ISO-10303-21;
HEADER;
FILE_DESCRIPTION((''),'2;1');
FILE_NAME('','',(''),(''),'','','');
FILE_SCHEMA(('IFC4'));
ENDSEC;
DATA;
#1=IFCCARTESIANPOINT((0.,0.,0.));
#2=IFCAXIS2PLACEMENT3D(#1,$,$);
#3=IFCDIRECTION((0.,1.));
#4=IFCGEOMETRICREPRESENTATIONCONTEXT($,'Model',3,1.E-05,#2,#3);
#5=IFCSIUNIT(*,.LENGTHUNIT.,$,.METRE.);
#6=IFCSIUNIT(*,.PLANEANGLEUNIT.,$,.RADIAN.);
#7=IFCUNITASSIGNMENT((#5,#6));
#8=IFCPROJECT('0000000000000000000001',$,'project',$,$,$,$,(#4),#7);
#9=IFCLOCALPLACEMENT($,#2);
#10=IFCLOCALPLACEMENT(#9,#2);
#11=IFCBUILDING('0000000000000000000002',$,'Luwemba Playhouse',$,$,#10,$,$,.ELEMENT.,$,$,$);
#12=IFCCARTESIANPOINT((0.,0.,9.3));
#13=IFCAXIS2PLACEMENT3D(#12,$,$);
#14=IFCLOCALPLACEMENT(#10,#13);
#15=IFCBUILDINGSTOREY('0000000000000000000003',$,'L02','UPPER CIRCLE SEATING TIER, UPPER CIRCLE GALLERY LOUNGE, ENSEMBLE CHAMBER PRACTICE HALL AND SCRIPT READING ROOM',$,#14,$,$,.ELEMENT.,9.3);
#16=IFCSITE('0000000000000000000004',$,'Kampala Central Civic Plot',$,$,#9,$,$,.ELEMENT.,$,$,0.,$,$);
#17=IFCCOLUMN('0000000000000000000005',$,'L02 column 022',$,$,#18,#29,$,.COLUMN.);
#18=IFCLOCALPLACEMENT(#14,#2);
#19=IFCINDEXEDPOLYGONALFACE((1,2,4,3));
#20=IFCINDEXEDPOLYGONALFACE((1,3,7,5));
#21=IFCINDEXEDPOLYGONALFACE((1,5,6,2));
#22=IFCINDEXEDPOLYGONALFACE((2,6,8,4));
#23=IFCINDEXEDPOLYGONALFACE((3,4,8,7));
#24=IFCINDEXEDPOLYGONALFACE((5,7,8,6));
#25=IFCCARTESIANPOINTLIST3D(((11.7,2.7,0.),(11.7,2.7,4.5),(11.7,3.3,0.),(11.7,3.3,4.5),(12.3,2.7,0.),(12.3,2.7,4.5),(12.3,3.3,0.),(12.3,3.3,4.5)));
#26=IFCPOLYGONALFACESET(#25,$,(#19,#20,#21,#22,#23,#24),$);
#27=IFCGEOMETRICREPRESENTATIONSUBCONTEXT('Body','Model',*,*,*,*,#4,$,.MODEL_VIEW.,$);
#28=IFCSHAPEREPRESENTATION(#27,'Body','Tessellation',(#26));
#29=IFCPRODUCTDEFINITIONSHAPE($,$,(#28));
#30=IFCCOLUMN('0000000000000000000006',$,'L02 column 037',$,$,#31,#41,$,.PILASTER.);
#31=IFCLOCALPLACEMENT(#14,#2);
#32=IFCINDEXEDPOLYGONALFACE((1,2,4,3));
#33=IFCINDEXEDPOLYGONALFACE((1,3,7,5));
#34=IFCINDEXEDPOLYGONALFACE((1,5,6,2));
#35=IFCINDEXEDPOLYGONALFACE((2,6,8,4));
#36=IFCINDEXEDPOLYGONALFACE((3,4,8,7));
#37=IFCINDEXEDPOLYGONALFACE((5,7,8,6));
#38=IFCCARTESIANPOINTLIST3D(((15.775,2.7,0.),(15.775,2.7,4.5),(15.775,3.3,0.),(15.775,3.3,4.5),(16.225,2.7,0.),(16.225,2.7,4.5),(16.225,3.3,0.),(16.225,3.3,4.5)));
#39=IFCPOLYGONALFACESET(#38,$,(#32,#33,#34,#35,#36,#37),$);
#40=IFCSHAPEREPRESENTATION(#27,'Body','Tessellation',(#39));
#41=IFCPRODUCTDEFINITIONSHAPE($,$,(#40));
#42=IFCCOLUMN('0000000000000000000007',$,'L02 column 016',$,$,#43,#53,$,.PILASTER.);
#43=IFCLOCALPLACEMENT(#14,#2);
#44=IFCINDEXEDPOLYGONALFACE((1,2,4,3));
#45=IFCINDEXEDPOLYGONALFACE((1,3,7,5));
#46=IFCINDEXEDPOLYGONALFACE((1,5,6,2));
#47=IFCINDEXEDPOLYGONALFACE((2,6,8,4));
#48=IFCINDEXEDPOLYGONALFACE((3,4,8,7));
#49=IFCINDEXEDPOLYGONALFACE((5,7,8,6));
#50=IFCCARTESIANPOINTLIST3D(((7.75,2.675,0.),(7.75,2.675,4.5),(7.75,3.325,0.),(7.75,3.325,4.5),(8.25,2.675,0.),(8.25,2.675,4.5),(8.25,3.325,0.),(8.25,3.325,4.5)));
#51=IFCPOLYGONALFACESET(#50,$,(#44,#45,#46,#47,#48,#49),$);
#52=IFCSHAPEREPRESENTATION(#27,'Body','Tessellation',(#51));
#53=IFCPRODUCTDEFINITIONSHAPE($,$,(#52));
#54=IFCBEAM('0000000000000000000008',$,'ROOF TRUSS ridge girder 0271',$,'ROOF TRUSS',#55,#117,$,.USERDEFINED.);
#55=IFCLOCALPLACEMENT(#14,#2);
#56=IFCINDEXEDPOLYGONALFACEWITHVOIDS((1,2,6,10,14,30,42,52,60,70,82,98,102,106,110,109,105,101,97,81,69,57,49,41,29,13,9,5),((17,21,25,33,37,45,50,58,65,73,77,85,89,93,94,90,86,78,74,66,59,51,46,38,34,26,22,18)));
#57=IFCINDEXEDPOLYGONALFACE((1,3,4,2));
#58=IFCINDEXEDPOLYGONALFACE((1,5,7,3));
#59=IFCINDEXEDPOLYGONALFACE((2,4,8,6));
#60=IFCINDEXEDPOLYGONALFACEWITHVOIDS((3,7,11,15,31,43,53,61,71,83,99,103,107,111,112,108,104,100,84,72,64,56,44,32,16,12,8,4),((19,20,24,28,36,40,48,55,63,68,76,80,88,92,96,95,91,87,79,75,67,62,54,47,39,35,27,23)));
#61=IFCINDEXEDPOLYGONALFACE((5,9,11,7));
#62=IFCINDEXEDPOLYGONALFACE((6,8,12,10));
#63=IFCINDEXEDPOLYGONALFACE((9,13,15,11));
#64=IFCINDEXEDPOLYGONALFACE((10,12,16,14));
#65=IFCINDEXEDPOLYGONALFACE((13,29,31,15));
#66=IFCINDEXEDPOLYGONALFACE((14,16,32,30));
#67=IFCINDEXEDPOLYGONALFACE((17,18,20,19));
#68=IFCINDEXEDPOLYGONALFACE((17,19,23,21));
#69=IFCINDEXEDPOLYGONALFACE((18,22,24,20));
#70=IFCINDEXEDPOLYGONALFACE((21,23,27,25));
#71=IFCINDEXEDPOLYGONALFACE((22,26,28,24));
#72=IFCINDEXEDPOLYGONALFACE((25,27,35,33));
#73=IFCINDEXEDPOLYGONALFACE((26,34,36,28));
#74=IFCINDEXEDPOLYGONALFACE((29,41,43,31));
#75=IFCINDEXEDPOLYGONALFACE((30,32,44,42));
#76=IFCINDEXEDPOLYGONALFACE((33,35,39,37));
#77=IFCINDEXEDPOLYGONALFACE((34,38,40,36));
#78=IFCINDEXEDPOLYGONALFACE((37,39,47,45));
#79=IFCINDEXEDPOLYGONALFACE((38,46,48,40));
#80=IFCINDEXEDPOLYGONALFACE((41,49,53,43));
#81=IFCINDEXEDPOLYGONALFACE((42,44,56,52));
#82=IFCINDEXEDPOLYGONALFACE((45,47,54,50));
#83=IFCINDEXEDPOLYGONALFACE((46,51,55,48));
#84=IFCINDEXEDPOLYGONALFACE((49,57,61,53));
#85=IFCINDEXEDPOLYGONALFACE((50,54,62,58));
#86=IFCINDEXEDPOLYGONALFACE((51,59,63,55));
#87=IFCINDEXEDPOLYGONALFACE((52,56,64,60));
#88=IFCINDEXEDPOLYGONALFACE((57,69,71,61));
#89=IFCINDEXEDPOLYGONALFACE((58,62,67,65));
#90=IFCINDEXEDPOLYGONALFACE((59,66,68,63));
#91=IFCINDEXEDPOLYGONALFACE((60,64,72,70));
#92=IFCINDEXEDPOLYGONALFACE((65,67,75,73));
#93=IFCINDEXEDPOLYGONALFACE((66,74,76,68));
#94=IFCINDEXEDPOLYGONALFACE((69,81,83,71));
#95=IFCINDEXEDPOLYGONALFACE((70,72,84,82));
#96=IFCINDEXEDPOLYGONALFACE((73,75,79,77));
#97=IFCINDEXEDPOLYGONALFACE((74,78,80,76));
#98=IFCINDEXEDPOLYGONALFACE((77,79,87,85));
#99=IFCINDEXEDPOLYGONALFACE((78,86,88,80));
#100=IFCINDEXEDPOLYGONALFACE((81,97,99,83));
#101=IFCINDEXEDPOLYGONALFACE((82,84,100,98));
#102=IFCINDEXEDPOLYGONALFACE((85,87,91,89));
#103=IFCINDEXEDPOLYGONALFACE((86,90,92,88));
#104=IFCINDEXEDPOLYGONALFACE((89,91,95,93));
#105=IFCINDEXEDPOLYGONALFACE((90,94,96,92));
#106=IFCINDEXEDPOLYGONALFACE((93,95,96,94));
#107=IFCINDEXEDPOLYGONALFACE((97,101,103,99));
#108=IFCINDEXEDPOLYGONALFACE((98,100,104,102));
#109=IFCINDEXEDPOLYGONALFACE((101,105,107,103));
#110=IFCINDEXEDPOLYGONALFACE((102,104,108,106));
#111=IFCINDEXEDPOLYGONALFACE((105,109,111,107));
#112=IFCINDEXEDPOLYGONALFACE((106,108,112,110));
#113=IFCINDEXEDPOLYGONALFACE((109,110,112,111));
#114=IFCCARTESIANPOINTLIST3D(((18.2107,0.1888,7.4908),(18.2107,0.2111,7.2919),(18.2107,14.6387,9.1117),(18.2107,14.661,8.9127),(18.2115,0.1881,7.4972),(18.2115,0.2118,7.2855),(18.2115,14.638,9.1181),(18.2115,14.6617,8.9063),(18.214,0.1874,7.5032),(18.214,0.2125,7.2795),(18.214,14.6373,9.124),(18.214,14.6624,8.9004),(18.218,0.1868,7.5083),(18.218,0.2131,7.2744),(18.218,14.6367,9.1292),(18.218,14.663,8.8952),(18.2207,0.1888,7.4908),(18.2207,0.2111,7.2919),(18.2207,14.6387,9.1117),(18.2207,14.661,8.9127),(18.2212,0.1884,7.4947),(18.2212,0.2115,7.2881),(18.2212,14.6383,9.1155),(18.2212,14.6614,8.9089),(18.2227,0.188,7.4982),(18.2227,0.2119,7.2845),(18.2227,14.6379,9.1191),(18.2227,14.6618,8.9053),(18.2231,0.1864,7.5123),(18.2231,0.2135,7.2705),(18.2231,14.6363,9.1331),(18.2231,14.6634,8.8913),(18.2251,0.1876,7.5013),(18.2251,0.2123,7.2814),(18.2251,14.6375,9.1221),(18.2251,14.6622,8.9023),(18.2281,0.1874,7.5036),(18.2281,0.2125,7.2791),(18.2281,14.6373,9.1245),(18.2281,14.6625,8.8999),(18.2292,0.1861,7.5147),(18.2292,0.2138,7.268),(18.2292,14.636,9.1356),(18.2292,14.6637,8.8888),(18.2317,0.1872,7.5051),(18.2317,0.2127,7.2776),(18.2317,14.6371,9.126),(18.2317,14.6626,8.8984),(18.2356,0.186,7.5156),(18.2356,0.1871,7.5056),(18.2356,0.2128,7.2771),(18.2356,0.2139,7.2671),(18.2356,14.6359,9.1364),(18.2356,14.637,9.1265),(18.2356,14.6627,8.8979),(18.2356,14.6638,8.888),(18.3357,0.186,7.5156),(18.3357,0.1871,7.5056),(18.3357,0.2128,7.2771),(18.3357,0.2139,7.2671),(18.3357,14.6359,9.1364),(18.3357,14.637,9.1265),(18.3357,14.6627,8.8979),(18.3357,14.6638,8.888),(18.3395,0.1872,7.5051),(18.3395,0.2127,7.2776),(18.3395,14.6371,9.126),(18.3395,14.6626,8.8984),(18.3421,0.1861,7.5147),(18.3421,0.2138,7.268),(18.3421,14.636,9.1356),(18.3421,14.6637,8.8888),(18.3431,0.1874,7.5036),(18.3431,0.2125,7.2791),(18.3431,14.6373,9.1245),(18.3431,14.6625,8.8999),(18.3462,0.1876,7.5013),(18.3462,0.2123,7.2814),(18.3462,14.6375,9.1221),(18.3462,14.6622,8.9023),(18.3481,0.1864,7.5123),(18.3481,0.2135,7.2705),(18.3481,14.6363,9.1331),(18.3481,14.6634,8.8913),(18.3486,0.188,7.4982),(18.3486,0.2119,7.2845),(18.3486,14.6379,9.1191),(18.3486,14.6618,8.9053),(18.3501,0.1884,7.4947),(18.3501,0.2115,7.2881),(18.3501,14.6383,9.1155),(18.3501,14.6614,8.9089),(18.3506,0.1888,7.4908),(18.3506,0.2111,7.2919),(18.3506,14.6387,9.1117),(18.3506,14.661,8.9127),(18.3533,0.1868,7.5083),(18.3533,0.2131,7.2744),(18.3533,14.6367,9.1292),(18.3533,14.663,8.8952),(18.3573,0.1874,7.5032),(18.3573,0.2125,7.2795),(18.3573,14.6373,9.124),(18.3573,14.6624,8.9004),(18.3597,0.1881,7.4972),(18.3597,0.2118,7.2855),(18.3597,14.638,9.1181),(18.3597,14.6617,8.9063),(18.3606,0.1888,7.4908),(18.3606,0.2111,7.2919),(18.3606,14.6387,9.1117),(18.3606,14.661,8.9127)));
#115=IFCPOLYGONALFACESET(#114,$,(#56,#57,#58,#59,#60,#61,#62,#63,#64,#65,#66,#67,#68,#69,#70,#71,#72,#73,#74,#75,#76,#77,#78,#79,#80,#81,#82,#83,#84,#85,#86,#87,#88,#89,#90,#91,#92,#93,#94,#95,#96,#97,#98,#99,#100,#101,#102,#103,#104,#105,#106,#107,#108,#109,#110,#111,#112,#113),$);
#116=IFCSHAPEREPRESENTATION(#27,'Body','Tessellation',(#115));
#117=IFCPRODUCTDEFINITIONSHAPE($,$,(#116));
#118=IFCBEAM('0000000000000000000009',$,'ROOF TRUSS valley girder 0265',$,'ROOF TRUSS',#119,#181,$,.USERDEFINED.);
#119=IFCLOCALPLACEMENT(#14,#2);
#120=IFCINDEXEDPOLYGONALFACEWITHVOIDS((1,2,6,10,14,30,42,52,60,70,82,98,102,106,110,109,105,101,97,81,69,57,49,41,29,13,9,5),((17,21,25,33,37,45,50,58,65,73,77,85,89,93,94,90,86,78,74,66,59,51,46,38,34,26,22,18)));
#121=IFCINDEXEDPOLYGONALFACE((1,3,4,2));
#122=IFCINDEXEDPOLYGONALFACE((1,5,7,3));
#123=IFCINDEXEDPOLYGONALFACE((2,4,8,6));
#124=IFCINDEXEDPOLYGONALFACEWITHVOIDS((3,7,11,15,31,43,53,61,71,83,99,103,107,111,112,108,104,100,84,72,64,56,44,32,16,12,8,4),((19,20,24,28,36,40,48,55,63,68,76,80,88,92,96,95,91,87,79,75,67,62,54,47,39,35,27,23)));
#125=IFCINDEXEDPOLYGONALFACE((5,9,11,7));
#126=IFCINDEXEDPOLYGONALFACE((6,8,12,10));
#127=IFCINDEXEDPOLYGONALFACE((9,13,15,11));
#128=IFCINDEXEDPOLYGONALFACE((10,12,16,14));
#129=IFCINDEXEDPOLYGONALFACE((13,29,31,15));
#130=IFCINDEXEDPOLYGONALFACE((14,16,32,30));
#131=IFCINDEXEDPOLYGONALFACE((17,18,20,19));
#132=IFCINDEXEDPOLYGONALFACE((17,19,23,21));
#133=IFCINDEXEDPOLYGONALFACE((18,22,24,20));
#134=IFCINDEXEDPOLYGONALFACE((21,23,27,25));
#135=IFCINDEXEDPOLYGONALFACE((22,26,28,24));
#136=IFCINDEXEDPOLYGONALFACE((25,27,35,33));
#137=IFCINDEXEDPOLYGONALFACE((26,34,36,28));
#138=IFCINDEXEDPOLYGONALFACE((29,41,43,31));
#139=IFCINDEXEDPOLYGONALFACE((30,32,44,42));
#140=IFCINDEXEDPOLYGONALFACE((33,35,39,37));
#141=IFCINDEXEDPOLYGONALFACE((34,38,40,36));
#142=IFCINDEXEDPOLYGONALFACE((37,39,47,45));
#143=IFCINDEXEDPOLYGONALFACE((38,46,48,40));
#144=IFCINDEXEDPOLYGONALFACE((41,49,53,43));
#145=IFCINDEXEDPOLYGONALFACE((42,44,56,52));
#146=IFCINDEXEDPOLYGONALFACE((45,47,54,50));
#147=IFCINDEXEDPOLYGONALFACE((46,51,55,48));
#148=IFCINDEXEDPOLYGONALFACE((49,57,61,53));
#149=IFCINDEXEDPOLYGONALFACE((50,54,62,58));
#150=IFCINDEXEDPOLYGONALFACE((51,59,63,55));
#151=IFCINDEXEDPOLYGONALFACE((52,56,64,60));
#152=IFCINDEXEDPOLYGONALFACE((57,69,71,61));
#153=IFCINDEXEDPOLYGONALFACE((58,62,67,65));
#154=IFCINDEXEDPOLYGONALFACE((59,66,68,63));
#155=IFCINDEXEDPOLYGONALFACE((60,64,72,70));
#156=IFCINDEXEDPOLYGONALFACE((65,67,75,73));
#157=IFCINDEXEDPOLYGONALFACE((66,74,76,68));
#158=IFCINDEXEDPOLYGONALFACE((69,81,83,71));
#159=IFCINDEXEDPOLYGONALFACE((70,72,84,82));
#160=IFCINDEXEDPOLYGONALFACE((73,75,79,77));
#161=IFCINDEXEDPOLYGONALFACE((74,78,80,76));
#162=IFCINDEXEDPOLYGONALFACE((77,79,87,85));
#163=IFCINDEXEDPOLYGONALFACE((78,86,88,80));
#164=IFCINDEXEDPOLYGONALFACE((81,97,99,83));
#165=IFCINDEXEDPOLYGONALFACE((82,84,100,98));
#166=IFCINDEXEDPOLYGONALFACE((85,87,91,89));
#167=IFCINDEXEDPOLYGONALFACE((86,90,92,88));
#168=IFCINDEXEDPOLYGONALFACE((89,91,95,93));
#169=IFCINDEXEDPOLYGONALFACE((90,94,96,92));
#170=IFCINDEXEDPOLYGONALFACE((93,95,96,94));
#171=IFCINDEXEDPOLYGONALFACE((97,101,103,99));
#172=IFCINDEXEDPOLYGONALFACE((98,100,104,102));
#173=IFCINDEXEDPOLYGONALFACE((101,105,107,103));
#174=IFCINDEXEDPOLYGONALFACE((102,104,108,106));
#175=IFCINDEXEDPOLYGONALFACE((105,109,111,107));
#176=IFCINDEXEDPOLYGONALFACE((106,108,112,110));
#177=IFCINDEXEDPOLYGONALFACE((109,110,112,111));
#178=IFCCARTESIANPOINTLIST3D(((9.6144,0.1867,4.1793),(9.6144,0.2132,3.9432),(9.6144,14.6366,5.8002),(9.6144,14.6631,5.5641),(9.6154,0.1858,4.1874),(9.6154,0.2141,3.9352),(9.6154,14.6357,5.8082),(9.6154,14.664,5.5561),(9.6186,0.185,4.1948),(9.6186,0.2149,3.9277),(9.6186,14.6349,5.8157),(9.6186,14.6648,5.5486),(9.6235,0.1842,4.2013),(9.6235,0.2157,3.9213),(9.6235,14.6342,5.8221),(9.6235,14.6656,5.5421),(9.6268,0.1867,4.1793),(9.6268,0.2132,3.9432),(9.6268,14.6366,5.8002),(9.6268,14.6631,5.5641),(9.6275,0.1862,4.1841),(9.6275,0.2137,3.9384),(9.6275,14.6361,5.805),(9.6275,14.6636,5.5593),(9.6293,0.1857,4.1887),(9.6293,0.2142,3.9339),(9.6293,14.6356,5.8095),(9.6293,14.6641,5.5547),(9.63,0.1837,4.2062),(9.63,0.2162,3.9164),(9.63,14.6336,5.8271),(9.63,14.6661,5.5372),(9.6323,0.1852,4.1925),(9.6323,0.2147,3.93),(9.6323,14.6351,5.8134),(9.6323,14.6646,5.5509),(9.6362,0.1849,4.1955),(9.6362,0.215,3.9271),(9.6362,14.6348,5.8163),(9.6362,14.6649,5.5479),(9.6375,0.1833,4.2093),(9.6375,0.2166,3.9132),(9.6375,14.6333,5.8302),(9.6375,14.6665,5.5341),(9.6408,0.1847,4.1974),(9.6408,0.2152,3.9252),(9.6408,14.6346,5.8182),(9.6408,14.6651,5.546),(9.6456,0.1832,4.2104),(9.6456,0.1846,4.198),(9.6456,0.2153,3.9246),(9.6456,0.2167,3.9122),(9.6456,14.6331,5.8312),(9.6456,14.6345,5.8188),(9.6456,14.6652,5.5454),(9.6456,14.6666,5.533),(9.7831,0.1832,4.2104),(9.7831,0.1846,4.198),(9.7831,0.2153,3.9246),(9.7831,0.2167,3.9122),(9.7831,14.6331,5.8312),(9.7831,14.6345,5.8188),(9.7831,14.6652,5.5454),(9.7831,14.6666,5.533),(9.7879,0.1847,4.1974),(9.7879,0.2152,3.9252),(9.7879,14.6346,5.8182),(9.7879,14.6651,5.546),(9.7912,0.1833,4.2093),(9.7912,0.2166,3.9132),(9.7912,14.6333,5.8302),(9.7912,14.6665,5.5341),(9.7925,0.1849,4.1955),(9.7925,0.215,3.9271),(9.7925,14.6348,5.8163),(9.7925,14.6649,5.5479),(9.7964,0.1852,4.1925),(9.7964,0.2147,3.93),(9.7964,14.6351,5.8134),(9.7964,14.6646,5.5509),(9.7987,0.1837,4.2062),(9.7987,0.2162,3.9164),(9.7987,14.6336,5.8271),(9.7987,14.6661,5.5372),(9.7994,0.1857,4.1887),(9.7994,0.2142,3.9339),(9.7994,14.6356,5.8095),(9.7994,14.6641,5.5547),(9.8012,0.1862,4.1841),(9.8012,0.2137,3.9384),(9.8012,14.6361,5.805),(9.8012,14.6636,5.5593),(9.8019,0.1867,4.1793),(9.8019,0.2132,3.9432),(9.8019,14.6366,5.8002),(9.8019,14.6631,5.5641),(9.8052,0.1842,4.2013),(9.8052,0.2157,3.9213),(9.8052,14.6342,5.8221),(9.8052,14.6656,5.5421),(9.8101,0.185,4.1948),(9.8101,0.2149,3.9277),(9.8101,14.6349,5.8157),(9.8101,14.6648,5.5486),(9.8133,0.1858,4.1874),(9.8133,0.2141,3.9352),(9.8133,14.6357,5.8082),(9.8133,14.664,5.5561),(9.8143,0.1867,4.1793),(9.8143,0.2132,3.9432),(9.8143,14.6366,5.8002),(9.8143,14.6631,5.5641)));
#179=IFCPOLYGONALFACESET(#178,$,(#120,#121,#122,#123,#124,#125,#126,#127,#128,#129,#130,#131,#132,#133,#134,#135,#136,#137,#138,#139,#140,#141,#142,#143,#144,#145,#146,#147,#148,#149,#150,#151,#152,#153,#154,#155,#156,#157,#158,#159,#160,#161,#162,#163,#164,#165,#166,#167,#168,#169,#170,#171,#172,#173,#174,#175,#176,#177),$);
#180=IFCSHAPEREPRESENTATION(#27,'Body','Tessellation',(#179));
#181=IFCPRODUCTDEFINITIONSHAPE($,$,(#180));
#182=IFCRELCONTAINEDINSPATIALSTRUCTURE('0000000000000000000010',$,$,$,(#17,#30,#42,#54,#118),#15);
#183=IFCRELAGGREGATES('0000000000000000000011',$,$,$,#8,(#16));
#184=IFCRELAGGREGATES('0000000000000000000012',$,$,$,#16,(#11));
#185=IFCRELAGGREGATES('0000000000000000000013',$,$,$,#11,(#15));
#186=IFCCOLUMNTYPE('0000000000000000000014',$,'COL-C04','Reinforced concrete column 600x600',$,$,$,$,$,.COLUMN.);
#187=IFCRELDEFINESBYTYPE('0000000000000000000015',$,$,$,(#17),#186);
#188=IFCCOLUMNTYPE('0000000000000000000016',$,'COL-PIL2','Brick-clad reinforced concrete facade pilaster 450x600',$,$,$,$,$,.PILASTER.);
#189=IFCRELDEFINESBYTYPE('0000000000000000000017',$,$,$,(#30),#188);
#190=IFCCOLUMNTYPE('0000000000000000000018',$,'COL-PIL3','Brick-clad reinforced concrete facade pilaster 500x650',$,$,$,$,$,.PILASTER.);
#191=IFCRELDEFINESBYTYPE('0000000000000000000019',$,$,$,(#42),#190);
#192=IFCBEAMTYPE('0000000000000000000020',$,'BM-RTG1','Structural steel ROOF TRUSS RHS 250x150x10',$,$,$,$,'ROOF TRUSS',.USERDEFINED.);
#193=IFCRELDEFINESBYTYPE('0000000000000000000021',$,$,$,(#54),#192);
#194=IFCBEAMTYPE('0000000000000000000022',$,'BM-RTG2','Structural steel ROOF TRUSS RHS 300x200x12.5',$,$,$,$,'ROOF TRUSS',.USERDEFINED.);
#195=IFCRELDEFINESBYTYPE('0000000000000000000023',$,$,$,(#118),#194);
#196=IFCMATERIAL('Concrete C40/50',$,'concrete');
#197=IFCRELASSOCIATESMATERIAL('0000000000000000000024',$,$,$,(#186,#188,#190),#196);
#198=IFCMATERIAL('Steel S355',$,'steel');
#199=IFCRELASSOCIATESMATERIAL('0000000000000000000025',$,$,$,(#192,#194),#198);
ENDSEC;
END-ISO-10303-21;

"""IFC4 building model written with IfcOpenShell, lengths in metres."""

from ifc_helpers import new_model, si_unit, direction, frame, origin, origin_2d, place, context, subcontext, project, spatial, rectangle, hollow_rectangle, extrude, material, material_profile, profile_set, type_object, element, save


model = new_model("IFC4")

# Units and contexts
model_context = context("Model", 3, precision=1e-05, world=origin(), true_north=direction((0.0, 1.0)))
body_context = subcontext(model_context, "Body", "Model", "MODEL_VIEW")
ifc_project = project(units=[si_unit("LENGTHUNIT", "METRE"), si_unit("PLANEANGLEUNIT", "RADIAN")], contexts=[model_context])

# Site, building, storey
site_placement = place(None, origin())
site = spatial("IfcSite", under=ifc_project, at=site_placement, Name="Kampala Central Civic Plot", CompositionType="ELEMENT", RefElevation=0.0)
building_placement = place(site_placement, origin())
building = spatial("IfcBuilding", under=site, at=building_placement, Name="Luwemba Playhouse", CompositionType="ELEMENT")
storey_placement = place(building_placement, frame((0.0, 0.0, 9.3)))
storey = spatial("IfcBuildingStorey", under=building, at=storey_placement, Name="L02", Description="UPPER CIRCLE SEATING TIER, UPPER CIRCLE GALLERY LOUNGE, ENSEMBLE CHAMBER PRACTICE HALL AND SCRIPT READING ROOM", CompositionType="ELEMENT", Elevation=9.3)

# Columns
ifc_material_1 = material(Name="Concrete C40/50", Category="concrete")
ifc_material_profile_1 = material_profile(ifc_material_1, rectangle(XDim=0.6001, YDim=0.6001, at=origin_2d()))
ifc_profile_set_1 = profile_set([ifc_material_profile_1], Name="Concrete C40/50")
column_type_1 = type_object("IfcColumnType", Name="COL-C04", Description="Reinforced concrete column 600x600", PredefinedType="COLUMN", material=ifc_profile_set_1)
column_1_placement = place(storey_placement, frame((12.0, 3.0, 0.0), z_axis=(0.0, 0.0, 1.0), x_axis=(1.0, 0.0, 0.0)))
element("IfcColumn", 1, at=column_1_placement, inside=storey, type_object=column_type_1, Name="L02 column 022", PredefinedType="COLUMN", context=body_context, shape_type="SweptSolid", body=[
    extrude(rectangle(XDim=0.6001, YDim=0.6001, at=origin_2d()), origin(), (0.0, 0.0, 1.0), 4.5),
])
ifc_material_profile_2 = material_profile(ifc_material_1, rectangle(XDim=0.45, YDim=0.6001, at=origin_2d()))
ifc_profile_set_2 = profile_set([ifc_material_profile_2], Name="Concrete C40/50")
column_type_2 = type_object("IfcColumnType", Name="COL-PIL2", Description="Brick-clad reinforced concrete facade pilaster 450x600", PredefinedType="PILASTER", material=ifc_profile_set_2)
column_2_placement = place(storey_placement, frame((16.0, 3.0, 0.0), z_axis=(0.0, 0.0, 1.0), x_axis=(1.0, 0.0, 0.0)))
element("IfcColumn", 2, at=column_2_placement, inside=storey, type_object=column_type_2, Name="L02 column 037", PredefinedType="PILASTER", context=body_context, shape_type="SweptSolid", body=[
    extrude(rectangle(XDim=0.45, YDim=0.6001, at=origin_2d()), origin(), (0.0, 0.0, 1.0), 4.5),
])
ifc_material_profile_3 = material_profile(ifc_material_1, rectangle(XDim=0.5, YDim=0.6499, at=origin_2d()))
ifc_profile_set_3 = profile_set([ifc_material_profile_3], Name="Concrete C40/50")
column_type_3 = type_object("IfcColumnType", Name="COL-PIL3", Description="Brick-clad reinforced concrete facade pilaster 500x650", PredefinedType="PILASTER", material=ifc_profile_set_3)
column_3_placement = place(storey_placement, frame((8.0, 3.0, 0.0), z_axis=(0.0, 0.0, 1.0), x_axis=(1.0, 0.0, 0.0)))
element("IfcColumn", 3, at=column_3_placement, inside=storey, type_object=column_type_3, Name="L02 column 016", PredefinedType="PILASTER", context=body_context, shape_type="SweptSolid", body=[
    extrude(rectangle(XDim=0.5, YDim=0.6499, at=origin_2d()), origin(), (0.0, 0.0, 1.0), 4.5),
])

# Beams
ifc_material_2 = material(Name="Steel S355", Category="steel")
ifc_material_profile_4 = material_profile(ifc_material_2, hollow_rectangle(XDim=0.1499, YDim=0.25, WallThickness=0.01, InnerFilletRadius=0.0149, OuterFilletRadius=0.0249, at=origin_2d()))
ifc_profile_set_4 = profile_set([ifc_material_profile_4], Name="Steel S355")
beam_type_1 = type_object("IfcBeamType", Name="BM-RTG1", Description="Structural steel ROOF TRUSS RHS 250x150x10", ElementType="ROOF TRUSS", PredefinedType="USERDEFINED", material=ifc_profile_set_4)
beam_1_placement = place(storey_placement, frame((18.2856, 0.2, 7.3914), z_axis=(0.0, 0.993768, 0.111471), x_axis=(-1.0, 0.0, 0.0)))
element("IfcBeam", 4, at=beam_1_placement, inside=storey, type_object=beam_type_1, Name="ROOF TRUSS ridge girder 0271", ObjectType="ROOF TRUSS", PredefinedType="USERDEFINED", context=body_context, shape_type="SweptSolid", body=[
    extrude(hollow_rectangle(XDim=0.1499, YDim=0.25, WallThickness=0.01, InnerFilletRadius=0.0149, OuterFilletRadius=0.0249, at=origin_2d()), origin(), (0.0, 0.0, 1.0), 14.5405),
])
ifc_material_profile_5 = material_profile(ifc_material_2, hollow_rectangle(XDim=0.2, YDim=0.3, WallThickness=0.0125, InnerFilletRadius=0.0188, OuterFilletRadius=0.0312, at=origin_2d()))
ifc_profile_set_5 = profile_set([ifc_material_profile_5], Name="Steel S355")
beam_type_2 = type_object("IfcBeamType", Name="BM-RTG2", Description="Structural steel ROOF TRUSS RHS 300x200x12.5", ElementType="ROOF TRUSS", PredefinedType="USERDEFINED", material=ifc_profile_set_5)
beam_2_placement = place(storey_placement, frame((9.7144, 0.2, 4.0613), z_axis=(0.0, 0.993768, 0.111471), x_axis=(-1.0, 0.0, 0.0)))
element("IfcBeam", 5, at=beam_2_placement, inside=storey, type_object=beam_type_2, Name="ROOF TRUSS valley girder 0265", ObjectType="ROOF TRUSS", PredefinedType="USERDEFINED", context=body_context, shape_type="SweptSolid", body=[
    extrude(hollow_rectangle(XDim=0.2, YDim=0.3, WallThickness=0.0125, InnerFilletRadius=0.0188, OuterFilletRadius=0.0312, at=origin_2d()), origin(), (0.0, 0.0, 1.0), 14.5405),
])

save(model, "model.ifc")
